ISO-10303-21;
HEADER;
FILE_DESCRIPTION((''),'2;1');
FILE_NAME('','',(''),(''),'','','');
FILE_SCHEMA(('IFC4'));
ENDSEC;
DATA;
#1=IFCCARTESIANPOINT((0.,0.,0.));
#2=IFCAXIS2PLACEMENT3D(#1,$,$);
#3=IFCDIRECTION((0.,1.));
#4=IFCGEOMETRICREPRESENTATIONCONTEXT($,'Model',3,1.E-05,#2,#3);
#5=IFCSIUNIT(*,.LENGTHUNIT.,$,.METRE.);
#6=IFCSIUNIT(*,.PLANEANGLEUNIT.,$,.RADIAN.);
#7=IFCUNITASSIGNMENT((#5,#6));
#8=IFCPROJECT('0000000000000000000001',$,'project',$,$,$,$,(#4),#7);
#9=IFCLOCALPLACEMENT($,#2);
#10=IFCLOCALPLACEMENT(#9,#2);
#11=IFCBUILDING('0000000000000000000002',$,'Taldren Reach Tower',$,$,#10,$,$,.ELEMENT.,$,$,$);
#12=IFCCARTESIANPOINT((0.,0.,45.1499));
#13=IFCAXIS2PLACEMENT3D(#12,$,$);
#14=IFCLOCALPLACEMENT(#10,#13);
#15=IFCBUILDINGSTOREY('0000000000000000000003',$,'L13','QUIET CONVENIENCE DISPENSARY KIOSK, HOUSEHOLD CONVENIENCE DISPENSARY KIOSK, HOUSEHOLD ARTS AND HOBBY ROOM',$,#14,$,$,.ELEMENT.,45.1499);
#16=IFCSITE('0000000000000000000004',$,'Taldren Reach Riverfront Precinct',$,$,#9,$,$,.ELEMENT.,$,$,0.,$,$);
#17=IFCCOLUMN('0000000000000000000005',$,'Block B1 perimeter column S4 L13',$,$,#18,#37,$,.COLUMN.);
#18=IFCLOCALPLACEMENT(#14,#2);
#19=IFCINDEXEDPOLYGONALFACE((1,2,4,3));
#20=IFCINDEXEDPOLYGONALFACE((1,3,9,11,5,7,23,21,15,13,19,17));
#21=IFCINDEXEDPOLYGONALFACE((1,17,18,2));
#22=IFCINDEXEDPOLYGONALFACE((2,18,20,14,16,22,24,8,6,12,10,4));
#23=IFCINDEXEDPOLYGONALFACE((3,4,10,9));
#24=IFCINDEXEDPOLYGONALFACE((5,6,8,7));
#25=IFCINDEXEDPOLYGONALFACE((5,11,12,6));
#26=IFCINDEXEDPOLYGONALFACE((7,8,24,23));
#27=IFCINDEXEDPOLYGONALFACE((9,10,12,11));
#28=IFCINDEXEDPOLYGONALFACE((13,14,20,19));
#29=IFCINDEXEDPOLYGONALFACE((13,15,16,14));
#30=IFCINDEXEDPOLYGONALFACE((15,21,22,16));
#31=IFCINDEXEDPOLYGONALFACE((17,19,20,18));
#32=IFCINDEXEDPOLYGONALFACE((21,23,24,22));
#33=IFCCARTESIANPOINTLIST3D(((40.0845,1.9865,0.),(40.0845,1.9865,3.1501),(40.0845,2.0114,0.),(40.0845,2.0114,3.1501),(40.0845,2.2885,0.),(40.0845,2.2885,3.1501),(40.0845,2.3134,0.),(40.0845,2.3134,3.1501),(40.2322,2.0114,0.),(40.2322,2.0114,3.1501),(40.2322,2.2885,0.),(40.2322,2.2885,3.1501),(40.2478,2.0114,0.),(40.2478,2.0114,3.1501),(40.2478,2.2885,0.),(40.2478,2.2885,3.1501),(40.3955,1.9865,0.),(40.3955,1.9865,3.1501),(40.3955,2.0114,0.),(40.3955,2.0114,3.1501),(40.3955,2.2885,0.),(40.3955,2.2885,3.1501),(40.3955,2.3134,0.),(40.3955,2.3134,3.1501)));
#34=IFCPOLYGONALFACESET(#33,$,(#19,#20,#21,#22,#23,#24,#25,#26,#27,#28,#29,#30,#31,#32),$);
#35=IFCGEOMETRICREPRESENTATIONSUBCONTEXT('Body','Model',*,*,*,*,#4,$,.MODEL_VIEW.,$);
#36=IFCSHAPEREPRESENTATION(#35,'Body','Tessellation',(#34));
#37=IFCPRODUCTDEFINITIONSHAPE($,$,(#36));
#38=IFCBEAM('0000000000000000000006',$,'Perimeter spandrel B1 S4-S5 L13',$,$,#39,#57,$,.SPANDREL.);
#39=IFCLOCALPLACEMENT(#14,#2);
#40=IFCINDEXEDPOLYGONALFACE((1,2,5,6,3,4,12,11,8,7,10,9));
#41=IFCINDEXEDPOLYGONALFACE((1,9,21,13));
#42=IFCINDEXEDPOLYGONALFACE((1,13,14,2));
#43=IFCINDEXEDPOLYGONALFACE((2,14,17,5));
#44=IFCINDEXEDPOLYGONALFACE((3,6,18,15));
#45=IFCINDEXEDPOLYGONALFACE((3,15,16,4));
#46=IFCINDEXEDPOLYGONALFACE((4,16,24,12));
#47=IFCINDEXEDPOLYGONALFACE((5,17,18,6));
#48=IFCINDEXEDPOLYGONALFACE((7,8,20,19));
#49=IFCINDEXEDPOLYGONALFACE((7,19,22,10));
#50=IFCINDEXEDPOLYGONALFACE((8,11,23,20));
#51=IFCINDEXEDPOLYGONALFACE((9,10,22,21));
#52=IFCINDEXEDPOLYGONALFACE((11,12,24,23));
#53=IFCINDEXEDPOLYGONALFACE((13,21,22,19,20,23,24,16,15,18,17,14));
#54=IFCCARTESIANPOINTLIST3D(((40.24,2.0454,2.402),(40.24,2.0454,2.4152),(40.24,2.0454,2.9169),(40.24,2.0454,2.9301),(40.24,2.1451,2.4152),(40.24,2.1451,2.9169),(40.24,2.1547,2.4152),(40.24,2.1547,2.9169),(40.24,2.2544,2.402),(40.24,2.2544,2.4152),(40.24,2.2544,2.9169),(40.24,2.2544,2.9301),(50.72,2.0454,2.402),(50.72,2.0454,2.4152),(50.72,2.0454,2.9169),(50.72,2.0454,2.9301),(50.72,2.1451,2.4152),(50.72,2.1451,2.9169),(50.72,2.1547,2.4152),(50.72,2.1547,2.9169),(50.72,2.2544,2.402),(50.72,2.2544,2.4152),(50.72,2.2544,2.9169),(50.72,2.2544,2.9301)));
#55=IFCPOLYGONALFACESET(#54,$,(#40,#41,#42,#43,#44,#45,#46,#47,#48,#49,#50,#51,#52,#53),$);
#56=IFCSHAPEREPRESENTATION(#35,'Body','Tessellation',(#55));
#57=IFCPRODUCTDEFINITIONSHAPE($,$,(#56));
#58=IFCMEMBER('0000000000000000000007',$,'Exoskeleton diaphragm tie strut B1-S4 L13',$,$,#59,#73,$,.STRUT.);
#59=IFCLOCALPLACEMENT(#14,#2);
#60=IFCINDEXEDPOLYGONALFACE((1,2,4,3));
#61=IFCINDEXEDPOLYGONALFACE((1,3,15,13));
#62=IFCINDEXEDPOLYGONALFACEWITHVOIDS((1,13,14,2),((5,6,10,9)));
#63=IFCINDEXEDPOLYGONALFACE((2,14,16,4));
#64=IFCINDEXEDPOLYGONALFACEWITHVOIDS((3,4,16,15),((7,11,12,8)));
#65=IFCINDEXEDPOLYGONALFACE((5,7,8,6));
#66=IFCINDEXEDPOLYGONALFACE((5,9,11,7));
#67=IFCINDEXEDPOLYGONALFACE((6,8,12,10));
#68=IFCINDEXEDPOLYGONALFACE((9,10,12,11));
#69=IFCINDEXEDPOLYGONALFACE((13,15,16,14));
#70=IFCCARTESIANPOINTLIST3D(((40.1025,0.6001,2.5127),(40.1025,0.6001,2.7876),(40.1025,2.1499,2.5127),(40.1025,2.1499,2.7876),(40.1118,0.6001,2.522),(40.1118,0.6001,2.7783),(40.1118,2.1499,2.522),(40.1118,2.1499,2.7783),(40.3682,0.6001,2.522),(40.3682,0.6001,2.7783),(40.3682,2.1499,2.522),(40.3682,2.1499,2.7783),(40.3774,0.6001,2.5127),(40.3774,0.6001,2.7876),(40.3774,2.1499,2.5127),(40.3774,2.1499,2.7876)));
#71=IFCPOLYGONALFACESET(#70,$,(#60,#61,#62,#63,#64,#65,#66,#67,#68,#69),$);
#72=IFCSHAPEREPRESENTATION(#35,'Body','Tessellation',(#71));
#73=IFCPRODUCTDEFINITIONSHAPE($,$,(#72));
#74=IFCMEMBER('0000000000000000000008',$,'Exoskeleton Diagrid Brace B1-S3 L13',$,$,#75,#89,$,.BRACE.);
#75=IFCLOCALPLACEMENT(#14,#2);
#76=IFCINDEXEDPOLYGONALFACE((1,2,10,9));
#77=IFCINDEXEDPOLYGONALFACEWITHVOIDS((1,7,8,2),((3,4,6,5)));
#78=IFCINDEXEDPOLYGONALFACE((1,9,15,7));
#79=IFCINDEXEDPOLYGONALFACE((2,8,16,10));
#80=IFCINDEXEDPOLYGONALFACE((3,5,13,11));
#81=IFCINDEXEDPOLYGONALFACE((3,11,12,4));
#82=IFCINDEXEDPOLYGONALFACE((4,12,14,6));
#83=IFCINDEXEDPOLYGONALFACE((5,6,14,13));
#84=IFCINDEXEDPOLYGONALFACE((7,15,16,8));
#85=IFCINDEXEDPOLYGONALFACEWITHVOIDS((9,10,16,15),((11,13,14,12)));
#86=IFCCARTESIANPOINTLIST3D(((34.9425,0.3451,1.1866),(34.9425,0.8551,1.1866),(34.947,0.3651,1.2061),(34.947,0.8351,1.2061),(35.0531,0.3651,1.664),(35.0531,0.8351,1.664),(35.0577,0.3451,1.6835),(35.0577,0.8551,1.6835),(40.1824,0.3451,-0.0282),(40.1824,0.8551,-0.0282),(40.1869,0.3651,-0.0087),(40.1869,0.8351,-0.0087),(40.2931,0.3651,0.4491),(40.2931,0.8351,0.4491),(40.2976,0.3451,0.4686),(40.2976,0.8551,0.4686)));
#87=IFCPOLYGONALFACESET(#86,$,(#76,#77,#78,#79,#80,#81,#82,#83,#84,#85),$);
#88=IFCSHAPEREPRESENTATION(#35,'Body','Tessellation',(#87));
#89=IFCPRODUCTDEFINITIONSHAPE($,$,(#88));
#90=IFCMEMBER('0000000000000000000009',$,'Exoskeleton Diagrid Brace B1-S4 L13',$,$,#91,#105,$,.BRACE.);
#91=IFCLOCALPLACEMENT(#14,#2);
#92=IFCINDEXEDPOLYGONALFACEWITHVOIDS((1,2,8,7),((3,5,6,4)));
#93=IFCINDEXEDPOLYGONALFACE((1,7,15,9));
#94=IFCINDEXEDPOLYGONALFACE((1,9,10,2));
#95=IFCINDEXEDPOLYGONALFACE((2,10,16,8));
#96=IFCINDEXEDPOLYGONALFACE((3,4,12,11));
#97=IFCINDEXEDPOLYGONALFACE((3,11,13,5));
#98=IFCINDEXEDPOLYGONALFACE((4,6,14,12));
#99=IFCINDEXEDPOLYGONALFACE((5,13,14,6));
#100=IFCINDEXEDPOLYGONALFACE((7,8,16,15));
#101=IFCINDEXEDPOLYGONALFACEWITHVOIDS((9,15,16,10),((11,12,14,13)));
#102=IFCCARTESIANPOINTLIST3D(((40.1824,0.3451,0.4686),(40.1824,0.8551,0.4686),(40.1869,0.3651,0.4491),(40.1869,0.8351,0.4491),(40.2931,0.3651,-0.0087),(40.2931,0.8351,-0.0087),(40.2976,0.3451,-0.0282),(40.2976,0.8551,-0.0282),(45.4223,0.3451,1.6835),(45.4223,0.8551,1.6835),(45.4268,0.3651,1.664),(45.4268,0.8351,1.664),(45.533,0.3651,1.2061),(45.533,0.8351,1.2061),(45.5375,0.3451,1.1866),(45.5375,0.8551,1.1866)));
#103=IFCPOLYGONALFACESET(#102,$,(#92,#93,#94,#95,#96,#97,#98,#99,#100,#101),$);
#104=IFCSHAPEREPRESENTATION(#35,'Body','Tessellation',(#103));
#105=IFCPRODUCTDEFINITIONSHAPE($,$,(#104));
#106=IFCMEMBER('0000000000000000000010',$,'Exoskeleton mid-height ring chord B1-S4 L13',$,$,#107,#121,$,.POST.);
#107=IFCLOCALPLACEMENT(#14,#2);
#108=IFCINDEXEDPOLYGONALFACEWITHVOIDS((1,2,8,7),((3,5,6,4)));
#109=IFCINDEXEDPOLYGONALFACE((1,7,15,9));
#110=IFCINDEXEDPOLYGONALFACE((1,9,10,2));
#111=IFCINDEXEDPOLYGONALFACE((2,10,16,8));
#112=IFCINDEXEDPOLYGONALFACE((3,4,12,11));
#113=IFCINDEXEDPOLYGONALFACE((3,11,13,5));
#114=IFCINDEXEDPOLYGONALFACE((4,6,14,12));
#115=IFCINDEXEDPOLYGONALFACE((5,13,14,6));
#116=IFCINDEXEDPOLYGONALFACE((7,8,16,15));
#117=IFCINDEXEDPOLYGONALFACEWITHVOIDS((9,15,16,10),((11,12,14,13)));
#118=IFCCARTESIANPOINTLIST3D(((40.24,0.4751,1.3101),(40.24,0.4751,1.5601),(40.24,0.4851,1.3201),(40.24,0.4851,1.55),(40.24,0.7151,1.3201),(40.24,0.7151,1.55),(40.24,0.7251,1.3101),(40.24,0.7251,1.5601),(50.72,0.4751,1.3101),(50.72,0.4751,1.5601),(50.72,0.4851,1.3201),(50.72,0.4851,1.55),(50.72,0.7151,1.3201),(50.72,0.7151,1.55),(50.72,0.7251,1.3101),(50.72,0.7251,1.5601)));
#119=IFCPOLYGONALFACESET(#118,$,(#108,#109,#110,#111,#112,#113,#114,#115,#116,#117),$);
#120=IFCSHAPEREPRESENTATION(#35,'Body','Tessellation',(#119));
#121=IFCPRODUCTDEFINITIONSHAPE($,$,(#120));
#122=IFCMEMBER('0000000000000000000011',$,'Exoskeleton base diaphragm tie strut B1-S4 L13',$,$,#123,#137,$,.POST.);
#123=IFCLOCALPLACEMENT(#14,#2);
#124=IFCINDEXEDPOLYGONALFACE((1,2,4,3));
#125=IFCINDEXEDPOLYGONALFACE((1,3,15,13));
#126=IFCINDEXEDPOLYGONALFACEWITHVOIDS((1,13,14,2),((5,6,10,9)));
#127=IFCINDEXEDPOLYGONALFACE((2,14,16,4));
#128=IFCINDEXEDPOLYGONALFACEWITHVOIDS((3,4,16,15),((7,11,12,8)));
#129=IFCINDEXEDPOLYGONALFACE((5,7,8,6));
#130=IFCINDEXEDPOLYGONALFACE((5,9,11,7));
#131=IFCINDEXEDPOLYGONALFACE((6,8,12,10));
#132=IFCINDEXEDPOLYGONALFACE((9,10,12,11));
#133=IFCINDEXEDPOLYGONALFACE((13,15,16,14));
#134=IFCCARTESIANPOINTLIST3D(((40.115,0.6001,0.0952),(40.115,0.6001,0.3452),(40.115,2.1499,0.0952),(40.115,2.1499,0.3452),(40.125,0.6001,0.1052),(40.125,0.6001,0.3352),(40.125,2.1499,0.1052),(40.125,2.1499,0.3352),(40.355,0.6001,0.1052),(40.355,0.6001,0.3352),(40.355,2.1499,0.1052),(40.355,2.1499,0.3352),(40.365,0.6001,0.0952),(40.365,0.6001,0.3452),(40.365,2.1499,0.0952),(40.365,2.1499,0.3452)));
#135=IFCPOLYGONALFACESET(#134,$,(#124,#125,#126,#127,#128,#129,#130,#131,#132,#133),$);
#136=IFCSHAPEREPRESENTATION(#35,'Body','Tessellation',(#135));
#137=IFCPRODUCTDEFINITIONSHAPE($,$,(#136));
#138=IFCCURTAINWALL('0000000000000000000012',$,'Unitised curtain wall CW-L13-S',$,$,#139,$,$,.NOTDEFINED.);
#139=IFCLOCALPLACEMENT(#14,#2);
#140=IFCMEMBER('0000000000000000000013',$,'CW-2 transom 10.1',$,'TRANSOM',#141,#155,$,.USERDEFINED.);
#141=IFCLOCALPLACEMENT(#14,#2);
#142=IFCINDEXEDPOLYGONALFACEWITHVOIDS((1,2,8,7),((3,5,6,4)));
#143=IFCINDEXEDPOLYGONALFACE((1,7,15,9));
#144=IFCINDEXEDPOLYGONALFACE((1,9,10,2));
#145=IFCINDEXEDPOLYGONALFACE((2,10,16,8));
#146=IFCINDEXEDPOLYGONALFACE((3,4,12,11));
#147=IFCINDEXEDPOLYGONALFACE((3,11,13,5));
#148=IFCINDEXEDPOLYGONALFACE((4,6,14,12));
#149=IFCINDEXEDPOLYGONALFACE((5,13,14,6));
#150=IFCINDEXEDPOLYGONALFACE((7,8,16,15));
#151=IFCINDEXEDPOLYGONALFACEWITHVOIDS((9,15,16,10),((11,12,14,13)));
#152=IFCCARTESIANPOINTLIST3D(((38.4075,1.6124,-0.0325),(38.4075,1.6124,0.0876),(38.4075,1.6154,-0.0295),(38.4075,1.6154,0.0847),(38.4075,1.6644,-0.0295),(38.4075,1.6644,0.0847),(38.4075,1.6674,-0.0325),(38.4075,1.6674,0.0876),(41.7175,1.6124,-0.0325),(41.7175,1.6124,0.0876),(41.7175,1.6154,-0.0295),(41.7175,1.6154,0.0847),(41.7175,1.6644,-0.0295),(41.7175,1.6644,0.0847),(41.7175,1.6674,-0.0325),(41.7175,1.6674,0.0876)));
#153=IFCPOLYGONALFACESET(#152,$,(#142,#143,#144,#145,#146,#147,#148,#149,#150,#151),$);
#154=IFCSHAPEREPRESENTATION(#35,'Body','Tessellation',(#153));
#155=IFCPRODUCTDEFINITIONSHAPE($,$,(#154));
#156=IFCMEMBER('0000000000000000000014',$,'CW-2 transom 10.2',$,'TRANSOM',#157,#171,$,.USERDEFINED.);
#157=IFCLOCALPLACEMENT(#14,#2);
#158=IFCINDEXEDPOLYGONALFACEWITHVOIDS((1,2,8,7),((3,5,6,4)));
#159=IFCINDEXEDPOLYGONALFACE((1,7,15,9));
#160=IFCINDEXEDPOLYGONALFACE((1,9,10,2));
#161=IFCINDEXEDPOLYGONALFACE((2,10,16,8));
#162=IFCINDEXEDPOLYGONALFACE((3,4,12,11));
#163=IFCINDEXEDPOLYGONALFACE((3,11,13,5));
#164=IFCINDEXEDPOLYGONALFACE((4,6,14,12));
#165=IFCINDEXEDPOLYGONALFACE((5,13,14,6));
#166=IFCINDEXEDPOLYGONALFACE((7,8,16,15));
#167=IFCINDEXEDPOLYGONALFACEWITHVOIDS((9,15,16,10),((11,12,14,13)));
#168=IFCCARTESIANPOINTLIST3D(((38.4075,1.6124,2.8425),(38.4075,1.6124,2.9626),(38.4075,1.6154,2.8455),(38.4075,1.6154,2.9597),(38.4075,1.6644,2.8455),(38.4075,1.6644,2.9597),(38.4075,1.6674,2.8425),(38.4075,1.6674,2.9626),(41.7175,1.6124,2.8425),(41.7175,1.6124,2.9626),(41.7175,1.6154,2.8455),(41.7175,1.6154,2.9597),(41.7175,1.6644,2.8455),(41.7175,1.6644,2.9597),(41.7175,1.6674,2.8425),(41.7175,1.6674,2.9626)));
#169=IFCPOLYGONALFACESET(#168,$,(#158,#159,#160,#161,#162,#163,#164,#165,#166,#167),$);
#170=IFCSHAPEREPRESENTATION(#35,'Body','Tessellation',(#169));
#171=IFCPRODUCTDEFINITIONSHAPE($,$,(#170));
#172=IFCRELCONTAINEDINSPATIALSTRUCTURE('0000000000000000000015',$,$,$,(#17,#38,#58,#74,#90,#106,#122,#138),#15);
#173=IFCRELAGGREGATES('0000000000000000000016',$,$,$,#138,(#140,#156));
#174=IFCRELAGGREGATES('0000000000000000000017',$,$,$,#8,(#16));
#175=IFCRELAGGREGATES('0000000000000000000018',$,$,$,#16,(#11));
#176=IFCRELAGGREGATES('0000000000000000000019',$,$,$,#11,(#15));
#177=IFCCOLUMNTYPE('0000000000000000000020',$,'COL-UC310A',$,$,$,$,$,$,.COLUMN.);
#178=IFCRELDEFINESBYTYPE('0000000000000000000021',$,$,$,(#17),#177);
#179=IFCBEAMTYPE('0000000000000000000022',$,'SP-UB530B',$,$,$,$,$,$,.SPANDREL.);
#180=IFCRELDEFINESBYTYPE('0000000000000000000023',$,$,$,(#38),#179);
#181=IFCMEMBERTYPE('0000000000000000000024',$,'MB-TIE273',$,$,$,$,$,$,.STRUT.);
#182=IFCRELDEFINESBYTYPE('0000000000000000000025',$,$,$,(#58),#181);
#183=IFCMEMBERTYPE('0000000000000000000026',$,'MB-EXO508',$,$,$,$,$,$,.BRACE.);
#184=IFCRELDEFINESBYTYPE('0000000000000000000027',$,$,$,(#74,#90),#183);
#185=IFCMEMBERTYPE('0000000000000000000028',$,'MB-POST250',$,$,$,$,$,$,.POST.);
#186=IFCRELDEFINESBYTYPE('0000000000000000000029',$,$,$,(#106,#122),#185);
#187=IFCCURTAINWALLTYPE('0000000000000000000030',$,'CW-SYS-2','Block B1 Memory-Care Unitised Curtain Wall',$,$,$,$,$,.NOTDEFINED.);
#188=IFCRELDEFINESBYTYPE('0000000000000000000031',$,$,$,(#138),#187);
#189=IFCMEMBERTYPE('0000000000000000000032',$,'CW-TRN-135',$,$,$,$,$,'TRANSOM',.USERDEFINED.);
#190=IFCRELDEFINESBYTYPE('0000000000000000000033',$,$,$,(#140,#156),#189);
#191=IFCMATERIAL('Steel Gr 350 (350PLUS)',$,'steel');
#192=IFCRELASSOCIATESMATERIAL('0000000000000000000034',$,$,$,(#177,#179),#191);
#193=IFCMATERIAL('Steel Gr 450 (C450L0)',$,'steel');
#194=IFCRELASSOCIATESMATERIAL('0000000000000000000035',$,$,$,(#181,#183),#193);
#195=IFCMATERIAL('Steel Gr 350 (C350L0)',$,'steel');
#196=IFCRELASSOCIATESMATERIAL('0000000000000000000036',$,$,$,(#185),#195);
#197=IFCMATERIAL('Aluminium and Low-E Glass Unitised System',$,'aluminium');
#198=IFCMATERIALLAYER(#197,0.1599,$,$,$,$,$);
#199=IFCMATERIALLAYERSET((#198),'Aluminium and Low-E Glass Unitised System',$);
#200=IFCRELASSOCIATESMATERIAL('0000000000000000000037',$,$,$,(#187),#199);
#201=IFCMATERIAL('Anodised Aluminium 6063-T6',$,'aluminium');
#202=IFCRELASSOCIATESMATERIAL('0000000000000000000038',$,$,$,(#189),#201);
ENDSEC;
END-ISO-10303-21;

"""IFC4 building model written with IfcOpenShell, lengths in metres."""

from ifc_helpers import new_model, si_unit, direction, frame, origin, origin_2d, place, context, subcontext, project, spatial, hollow_rectangle, i_section, extrude, source, transform, mapped, material, layer, layer_set, material_profile, profile_set, type_object, element, aggregate, save


model = new_model("IFC4")

# Units and contexts
model_context = context("Model", 3, precision=1e-05, world=origin(), true_north=direction((0.0, 1.0)))
body_context = subcontext(model_context, "Body", "Model", "MODEL_VIEW")
ifc_project = project(units=[si_unit("LENGTHUNIT", "METRE"), si_unit("PLANEANGLEUNIT", "RADIAN")], contexts=[model_context])

# Site, building, storey
site_placement = place(None, origin())
site = spatial("IfcSite", under=ifc_project, at=site_placement, Name="Taldren Reach Riverfront Precinct", CompositionType="ELEMENT", RefElevation=0.0)
building_placement = place(site_placement, origin())
building = spatial("IfcBuilding", under=site, at=building_placement, Name="Taldren Reach Tower", CompositionType="ELEMENT")
storey_placement = place(building_placement, frame((0.0, 0.0, 45.1499)))
storey = spatial("IfcBuildingStorey", under=building, at=storey_placement, Name="L13", Description="QUIET CONVENIENCE DISPENSARY KIOSK, HOUSEHOLD CONVENIENCE DISPENSARY KIOSK, HOUSEHOLD ARTS AND HOBBY ROOM", CompositionType="ELEMENT", Elevation=45.1499)

# Column
ifc_material_1 = material(Name="Steel Gr 350 (350PLUS)", Category="steel")
ifc_material_profile_1 = material_profile(ifc_material_1, i_section(OverallWidth=0.311, OverallDepth=0.3269, WebThickness=0.0156, FlangeThickness=0.0249, at=origin_2d()), Name="310UC158")
ifc_profile_set_1 = profile_set([ifc_material_profile_1], Name="Steel Gr 350 (350PLUS)")
column_type = type_object("IfcColumnType", Name="COL-UC310A", PredefinedType="COLUMN", material=ifc_profile_set_1)
shared_shape_1 = source(origin(), body_context, "Body", "SweptSolid", [
    extrude(i_section(OverallWidth=0.311, OverallDepth=0.3269, WebThickness=0.0156, FlangeThickness=0.0249, at=origin_2d()), origin(), (0.0, 0.0, 1.0), 3.1501),
])
column_placement = place(storey_placement, frame((40.24, 2.1499, 0.0), z_axis=(0.0, 0.0, 1.0), x_axis=(1.0, 0.0, 0.0)))
element("IfcColumn", 1, at=column_placement, inside=storey, type_object=column_type, Name="Block B1 perimeter column S4 L13", PredefinedType="COLUMN", context=body_context, shape_type="MappedRepresentation", body=[
    mapped(shared_shape_1, transform((0.0, 0.0, 0.0), scale=1.0)),
])

# Beam
ifc_material_profile_2 = material_profile(ifc_material_1, i_section(OverallWidth=0.209, OverallDepth=0.5281, WebThickness=0.0095, FlangeThickness=0.0132, at=origin_2d()), Name="530UB82.0")
ifc_profile_set_2 = profile_set([ifc_material_profile_2], Name="Steel Gr 350 (350PLUS)")
beam_type = type_object("IfcBeamType", Name="SP-UB530B", PredefinedType="SPANDREL", material=ifc_profile_set_2)
shared_shape_2 = source(origin(), body_context, "Body", "SweptSolid", [
    extrude(i_section(OverallWidth=0.209, OverallDepth=0.5281, WebThickness=0.0095, FlangeThickness=0.0132, at=origin_2d()), origin(), (0.0, 0.0, 1.0), 10.48),
])
beam_placement = place(storey_placement, frame((40.24, 2.1499, 2.666), z_axis=(1.0, 0.0, 0.0), x_axis=(0.0, 1.0, 0.0)))
element("IfcBeam", 2, at=beam_placement, inside=storey, type_object=beam_type, Name="Perimeter spandrel B1 S4-S5 L13", PredefinedType="SPANDREL", context=body_context, shape_type="MappedRepresentation", body=[
    mapped(shared_shape_2, transform((0.0, 0.0, 0.0), scale=1.0)),
])

# Members
ifc_material_2 = material(Name="Steel Gr 450 (C450L0)", Category="steel")
ifc_material_profile_3 = material_profile(ifc_material_2, hollow_rectangle(XDim=0.2749, YDim=0.2749, WallThickness=0.0093, at=origin_2d()), Name="275x275x9.3SHS")
ifc_profile_set_3 = profile_set([ifc_material_profile_3], Name="Steel Gr 450 (C450L0)")
member_type_1 = type_object("IfcMemberType", Name="MB-TIE273", PredefinedType="STRUT", material=ifc_profile_set_3)
shared_shape_3 = source(origin(), body_context, "Body", "SweptSolid", [
    extrude(hollow_rectangle(XDim=0.2749, YDim=0.2749, WallThickness=0.0093, at=origin_2d()), origin(), (0.0, 0.0, 1.0), 1.5498),
])
member_1_placement = place(storey_placement, frame((40.24, 2.1499, 2.6501), z_axis=(0.0, -1.0, 0.0), x_axis=(1.0, 0.0, 0.0)))
element("IfcMember", 3, at=member_1_placement, inside=storey, type_object=member_type_1, Name="Exoskeleton diaphragm tie strut B1-S4 L13", PredefinedType="STRUT", context=body_context, shape_type="MappedRepresentation", body=[
    mapped(shared_shape_3, transform((0.0, 0.0, 0.0), scale=1.0)),
])
ifc_material_profile_4 = material_profile(ifc_material_2, hollow_rectangle(XDim=0.51, YDim=0.51, WallThickness=0.02, at=origin_2d()), Name="510x510x20.0SHS")
ifc_profile_set_4 = profile_set([ifc_material_profile_4], Name="Steel Gr 450 (C450L0)")
member_type_2 = type_object("IfcMemberType", Name="MB-EXO508", PredefinedType="BRACE", material=ifc_profile_set_4)
shared_shape_4 = source(origin(), body_context, "Body", "SweptSolid", [
    extrude(hollow_rectangle(XDim=0.51, YDim=0.51, WallThickness=0.02, at=origin_2d()), origin(), (0.0, 0.0, 1.0), 5.3789),
])
for number, where, z_axis, x_axis, name in (
    (4, (40.24, 0.6001, 0.2202), (-0.974162, 0.0, 0.225851), (0.0, -1.0, 0.0), "Exoskeleton Diagrid Brace B1-S3 L13"),
    (5, (40.24, 0.6001, 0.2202), (0.974162, 0.0, 0.225851), (0.0, 1.0, 0.0), "Exoskeleton Diagrid Brace B1-S4 L13"),
):
    element("IfcMember", number, at=place(storey_placement, frame(where, z_axis=z_axis, x_axis=x_axis)), inside=storey, type_object=member_type_2, Name=name, PredefinedType="BRACE", context=body_context, shape_type="MappedRepresentation", body=[
        mapped(shared_shape_4, transform((0.0, 0.0, 0.0), scale=1.0)),
    ])
ifc_material_3 = material(Name="Steel Gr 350 (C350L0)", Category="steel")
ifc_material_profile_5 = material_profile(ifc_material_3, hollow_rectangle(XDim=0.25, YDim=0.25, WallThickness=0.01, at=origin_2d()), Name="250x250x10.0SHS")
ifc_profile_set_5 = profile_set([ifc_material_profile_5], Name="Steel Gr 350 (C350L0)")
member_type_3 = type_object("IfcMemberType", Name="MB-POST250", PredefinedType="POST", material=ifc_profile_set_5)
shared_shape_5 = source(origin(), body_context, "Body", "SweptSolid", [
    extrude(hollow_rectangle(XDim=0.25, YDim=0.25, WallThickness=0.01, at=origin_2d()), origin(), (0.0, 0.0, 1.0), 10.48),
])
member_2_placement = place(storey_placement, frame((40.24, 0.6001, 1.4351), z_axis=(1.0, 0.0, 0.0), x_axis=(0.0, 1.0, 0.0)))
element("IfcMember", 6, at=member_2_placement, inside=storey, type_object=member_type_3, Name="Exoskeleton mid-height ring chord B1-S4 L13", PredefinedType="POST", context=body_context, shape_type="MappedRepresentation", body=[
    mapped(shared_shape_5, transform((0.0, 0.0, 0.0), scale=1.0)),
])
shared_shape_6 = source(origin(), body_context, "Body", "SweptSolid", [
    extrude(hollow_rectangle(XDim=0.25, YDim=0.25, WallThickness=0.01, at=origin_2d()), origin(), (0.0, 0.0, 1.0), 1.5498),
])
member_3_placement = place(storey_placement, frame((40.24, 2.1499, 0.2202), z_axis=(0.0, -1.0, 0.0), x_axis=(1.0, 0.0, 0.0)))
element("IfcMember", 7, at=member_3_placement, inside=storey, type_object=member_type_3, Name="Exoskeleton base diaphragm tie strut B1-S4 L13", PredefinedType="POST", context=body_context, shape_type="MappedRepresentation", body=[
    mapped(shared_shape_6, transform((0.0, 0.0, 0.0), scale=1.0)),
])

# Curtain wall, members
ifc_material_4 = material(Name="Aluminium and Low-E Glass Unitised System", Category="aluminium")
ifc_layer_1 = layer(ifc_material_4, 0.1599)
ifc_layer_set_1 = layer_set([ifc_layer_1], Name="Aluminium and Low-E Glass Unitised System")
curtain_wall_type = type_object("IfcCurtainWallType", Name="CW-SYS-2", Description="Block B1 Memory-Care Unitised Curtain Wall", PredefinedType="NOTDEFINED", material=ifc_layer_set_1)
curtain_wall_placement = place(storey_placement, origin())
curtain_wall = element("IfcCurtainWall", 8, at=curtain_wall_placement, inside=storey, type_object=curtain_wall_type, Name="Unitised curtain wall CW-L13-S", PredefinedType="NOTDEFINED")
ifc_material_5 = material(Name="Anodised Aluminium 6063-T6", Category="aluminium")
ifc_material_profile_6 = material_profile(ifc_material_5, hollow_rectangle(XDim=0.0549, YDim=0.1201, WallThickness=0.0029, at=origin_2d()), Name="ALU-120x55x3RHS")
ifc_profile_set_6 = profile_set([ifc_material_profile_6], Name="Anodised Aluminium 6063-T6")
member_type_4 = type_object("IfcMemberType", Name="CW-TRN-135", ElementType="TRANSOM", PredefinedType="USERDEFINED", material=ifc_profile_set_6)
shared_shape_7 = source(origin(), body_context, "Body", "SweptSolid", [
    extrude(hollow_rectangle(XDim=0.0549, YDim=0.1201, WallThickness=0.0029, at=origin_2d()), origin(), (0.0, 0.0, 1.0), 3.3101),
])
member_4_placement = place(storey_placement, frame((38.4075, 1.6399, 0.0276), z_axis=(1.0, 0.0, 0.0), x_axis=(0.0, 1.0, 0.0)))
member_4 = element("IfcMember", 9, at=member_4_placement, type_object=member_type_4, Name="CW-2 transom 10.1", ObjectType="TRANSOM", PredefinedType="USERDEFINED", context=body_context, shape_type="MappedRepresentation", body=[
    mapped(shared_shape_7, transform((0.0, 0.0, 0.0), scale=1.0)),
])
member_5_placement = place(storey_placement, frame((38.4075, 1.6399, 2.9026), z_axis=(1.0, 0.0, 0.0), x_axis=(0.0, 1.0, 0.0)))
member_5 = element("IfcMember", 10, at=member_5_placement, type_object=member_type_4, Name="CW-2 transom 10.2", ObjectType="TRANSOM", PredefinedType="USERDEFINED", context=body_context, shape_type="MappedRepresentation", body=[
    mapped(shared_shape_7, transform((0.0, 0.0, 0.0), scale=1.0)),
])

aggregate(curtain_wall, [member_4, member_5])

save(model, "model.ifc")
